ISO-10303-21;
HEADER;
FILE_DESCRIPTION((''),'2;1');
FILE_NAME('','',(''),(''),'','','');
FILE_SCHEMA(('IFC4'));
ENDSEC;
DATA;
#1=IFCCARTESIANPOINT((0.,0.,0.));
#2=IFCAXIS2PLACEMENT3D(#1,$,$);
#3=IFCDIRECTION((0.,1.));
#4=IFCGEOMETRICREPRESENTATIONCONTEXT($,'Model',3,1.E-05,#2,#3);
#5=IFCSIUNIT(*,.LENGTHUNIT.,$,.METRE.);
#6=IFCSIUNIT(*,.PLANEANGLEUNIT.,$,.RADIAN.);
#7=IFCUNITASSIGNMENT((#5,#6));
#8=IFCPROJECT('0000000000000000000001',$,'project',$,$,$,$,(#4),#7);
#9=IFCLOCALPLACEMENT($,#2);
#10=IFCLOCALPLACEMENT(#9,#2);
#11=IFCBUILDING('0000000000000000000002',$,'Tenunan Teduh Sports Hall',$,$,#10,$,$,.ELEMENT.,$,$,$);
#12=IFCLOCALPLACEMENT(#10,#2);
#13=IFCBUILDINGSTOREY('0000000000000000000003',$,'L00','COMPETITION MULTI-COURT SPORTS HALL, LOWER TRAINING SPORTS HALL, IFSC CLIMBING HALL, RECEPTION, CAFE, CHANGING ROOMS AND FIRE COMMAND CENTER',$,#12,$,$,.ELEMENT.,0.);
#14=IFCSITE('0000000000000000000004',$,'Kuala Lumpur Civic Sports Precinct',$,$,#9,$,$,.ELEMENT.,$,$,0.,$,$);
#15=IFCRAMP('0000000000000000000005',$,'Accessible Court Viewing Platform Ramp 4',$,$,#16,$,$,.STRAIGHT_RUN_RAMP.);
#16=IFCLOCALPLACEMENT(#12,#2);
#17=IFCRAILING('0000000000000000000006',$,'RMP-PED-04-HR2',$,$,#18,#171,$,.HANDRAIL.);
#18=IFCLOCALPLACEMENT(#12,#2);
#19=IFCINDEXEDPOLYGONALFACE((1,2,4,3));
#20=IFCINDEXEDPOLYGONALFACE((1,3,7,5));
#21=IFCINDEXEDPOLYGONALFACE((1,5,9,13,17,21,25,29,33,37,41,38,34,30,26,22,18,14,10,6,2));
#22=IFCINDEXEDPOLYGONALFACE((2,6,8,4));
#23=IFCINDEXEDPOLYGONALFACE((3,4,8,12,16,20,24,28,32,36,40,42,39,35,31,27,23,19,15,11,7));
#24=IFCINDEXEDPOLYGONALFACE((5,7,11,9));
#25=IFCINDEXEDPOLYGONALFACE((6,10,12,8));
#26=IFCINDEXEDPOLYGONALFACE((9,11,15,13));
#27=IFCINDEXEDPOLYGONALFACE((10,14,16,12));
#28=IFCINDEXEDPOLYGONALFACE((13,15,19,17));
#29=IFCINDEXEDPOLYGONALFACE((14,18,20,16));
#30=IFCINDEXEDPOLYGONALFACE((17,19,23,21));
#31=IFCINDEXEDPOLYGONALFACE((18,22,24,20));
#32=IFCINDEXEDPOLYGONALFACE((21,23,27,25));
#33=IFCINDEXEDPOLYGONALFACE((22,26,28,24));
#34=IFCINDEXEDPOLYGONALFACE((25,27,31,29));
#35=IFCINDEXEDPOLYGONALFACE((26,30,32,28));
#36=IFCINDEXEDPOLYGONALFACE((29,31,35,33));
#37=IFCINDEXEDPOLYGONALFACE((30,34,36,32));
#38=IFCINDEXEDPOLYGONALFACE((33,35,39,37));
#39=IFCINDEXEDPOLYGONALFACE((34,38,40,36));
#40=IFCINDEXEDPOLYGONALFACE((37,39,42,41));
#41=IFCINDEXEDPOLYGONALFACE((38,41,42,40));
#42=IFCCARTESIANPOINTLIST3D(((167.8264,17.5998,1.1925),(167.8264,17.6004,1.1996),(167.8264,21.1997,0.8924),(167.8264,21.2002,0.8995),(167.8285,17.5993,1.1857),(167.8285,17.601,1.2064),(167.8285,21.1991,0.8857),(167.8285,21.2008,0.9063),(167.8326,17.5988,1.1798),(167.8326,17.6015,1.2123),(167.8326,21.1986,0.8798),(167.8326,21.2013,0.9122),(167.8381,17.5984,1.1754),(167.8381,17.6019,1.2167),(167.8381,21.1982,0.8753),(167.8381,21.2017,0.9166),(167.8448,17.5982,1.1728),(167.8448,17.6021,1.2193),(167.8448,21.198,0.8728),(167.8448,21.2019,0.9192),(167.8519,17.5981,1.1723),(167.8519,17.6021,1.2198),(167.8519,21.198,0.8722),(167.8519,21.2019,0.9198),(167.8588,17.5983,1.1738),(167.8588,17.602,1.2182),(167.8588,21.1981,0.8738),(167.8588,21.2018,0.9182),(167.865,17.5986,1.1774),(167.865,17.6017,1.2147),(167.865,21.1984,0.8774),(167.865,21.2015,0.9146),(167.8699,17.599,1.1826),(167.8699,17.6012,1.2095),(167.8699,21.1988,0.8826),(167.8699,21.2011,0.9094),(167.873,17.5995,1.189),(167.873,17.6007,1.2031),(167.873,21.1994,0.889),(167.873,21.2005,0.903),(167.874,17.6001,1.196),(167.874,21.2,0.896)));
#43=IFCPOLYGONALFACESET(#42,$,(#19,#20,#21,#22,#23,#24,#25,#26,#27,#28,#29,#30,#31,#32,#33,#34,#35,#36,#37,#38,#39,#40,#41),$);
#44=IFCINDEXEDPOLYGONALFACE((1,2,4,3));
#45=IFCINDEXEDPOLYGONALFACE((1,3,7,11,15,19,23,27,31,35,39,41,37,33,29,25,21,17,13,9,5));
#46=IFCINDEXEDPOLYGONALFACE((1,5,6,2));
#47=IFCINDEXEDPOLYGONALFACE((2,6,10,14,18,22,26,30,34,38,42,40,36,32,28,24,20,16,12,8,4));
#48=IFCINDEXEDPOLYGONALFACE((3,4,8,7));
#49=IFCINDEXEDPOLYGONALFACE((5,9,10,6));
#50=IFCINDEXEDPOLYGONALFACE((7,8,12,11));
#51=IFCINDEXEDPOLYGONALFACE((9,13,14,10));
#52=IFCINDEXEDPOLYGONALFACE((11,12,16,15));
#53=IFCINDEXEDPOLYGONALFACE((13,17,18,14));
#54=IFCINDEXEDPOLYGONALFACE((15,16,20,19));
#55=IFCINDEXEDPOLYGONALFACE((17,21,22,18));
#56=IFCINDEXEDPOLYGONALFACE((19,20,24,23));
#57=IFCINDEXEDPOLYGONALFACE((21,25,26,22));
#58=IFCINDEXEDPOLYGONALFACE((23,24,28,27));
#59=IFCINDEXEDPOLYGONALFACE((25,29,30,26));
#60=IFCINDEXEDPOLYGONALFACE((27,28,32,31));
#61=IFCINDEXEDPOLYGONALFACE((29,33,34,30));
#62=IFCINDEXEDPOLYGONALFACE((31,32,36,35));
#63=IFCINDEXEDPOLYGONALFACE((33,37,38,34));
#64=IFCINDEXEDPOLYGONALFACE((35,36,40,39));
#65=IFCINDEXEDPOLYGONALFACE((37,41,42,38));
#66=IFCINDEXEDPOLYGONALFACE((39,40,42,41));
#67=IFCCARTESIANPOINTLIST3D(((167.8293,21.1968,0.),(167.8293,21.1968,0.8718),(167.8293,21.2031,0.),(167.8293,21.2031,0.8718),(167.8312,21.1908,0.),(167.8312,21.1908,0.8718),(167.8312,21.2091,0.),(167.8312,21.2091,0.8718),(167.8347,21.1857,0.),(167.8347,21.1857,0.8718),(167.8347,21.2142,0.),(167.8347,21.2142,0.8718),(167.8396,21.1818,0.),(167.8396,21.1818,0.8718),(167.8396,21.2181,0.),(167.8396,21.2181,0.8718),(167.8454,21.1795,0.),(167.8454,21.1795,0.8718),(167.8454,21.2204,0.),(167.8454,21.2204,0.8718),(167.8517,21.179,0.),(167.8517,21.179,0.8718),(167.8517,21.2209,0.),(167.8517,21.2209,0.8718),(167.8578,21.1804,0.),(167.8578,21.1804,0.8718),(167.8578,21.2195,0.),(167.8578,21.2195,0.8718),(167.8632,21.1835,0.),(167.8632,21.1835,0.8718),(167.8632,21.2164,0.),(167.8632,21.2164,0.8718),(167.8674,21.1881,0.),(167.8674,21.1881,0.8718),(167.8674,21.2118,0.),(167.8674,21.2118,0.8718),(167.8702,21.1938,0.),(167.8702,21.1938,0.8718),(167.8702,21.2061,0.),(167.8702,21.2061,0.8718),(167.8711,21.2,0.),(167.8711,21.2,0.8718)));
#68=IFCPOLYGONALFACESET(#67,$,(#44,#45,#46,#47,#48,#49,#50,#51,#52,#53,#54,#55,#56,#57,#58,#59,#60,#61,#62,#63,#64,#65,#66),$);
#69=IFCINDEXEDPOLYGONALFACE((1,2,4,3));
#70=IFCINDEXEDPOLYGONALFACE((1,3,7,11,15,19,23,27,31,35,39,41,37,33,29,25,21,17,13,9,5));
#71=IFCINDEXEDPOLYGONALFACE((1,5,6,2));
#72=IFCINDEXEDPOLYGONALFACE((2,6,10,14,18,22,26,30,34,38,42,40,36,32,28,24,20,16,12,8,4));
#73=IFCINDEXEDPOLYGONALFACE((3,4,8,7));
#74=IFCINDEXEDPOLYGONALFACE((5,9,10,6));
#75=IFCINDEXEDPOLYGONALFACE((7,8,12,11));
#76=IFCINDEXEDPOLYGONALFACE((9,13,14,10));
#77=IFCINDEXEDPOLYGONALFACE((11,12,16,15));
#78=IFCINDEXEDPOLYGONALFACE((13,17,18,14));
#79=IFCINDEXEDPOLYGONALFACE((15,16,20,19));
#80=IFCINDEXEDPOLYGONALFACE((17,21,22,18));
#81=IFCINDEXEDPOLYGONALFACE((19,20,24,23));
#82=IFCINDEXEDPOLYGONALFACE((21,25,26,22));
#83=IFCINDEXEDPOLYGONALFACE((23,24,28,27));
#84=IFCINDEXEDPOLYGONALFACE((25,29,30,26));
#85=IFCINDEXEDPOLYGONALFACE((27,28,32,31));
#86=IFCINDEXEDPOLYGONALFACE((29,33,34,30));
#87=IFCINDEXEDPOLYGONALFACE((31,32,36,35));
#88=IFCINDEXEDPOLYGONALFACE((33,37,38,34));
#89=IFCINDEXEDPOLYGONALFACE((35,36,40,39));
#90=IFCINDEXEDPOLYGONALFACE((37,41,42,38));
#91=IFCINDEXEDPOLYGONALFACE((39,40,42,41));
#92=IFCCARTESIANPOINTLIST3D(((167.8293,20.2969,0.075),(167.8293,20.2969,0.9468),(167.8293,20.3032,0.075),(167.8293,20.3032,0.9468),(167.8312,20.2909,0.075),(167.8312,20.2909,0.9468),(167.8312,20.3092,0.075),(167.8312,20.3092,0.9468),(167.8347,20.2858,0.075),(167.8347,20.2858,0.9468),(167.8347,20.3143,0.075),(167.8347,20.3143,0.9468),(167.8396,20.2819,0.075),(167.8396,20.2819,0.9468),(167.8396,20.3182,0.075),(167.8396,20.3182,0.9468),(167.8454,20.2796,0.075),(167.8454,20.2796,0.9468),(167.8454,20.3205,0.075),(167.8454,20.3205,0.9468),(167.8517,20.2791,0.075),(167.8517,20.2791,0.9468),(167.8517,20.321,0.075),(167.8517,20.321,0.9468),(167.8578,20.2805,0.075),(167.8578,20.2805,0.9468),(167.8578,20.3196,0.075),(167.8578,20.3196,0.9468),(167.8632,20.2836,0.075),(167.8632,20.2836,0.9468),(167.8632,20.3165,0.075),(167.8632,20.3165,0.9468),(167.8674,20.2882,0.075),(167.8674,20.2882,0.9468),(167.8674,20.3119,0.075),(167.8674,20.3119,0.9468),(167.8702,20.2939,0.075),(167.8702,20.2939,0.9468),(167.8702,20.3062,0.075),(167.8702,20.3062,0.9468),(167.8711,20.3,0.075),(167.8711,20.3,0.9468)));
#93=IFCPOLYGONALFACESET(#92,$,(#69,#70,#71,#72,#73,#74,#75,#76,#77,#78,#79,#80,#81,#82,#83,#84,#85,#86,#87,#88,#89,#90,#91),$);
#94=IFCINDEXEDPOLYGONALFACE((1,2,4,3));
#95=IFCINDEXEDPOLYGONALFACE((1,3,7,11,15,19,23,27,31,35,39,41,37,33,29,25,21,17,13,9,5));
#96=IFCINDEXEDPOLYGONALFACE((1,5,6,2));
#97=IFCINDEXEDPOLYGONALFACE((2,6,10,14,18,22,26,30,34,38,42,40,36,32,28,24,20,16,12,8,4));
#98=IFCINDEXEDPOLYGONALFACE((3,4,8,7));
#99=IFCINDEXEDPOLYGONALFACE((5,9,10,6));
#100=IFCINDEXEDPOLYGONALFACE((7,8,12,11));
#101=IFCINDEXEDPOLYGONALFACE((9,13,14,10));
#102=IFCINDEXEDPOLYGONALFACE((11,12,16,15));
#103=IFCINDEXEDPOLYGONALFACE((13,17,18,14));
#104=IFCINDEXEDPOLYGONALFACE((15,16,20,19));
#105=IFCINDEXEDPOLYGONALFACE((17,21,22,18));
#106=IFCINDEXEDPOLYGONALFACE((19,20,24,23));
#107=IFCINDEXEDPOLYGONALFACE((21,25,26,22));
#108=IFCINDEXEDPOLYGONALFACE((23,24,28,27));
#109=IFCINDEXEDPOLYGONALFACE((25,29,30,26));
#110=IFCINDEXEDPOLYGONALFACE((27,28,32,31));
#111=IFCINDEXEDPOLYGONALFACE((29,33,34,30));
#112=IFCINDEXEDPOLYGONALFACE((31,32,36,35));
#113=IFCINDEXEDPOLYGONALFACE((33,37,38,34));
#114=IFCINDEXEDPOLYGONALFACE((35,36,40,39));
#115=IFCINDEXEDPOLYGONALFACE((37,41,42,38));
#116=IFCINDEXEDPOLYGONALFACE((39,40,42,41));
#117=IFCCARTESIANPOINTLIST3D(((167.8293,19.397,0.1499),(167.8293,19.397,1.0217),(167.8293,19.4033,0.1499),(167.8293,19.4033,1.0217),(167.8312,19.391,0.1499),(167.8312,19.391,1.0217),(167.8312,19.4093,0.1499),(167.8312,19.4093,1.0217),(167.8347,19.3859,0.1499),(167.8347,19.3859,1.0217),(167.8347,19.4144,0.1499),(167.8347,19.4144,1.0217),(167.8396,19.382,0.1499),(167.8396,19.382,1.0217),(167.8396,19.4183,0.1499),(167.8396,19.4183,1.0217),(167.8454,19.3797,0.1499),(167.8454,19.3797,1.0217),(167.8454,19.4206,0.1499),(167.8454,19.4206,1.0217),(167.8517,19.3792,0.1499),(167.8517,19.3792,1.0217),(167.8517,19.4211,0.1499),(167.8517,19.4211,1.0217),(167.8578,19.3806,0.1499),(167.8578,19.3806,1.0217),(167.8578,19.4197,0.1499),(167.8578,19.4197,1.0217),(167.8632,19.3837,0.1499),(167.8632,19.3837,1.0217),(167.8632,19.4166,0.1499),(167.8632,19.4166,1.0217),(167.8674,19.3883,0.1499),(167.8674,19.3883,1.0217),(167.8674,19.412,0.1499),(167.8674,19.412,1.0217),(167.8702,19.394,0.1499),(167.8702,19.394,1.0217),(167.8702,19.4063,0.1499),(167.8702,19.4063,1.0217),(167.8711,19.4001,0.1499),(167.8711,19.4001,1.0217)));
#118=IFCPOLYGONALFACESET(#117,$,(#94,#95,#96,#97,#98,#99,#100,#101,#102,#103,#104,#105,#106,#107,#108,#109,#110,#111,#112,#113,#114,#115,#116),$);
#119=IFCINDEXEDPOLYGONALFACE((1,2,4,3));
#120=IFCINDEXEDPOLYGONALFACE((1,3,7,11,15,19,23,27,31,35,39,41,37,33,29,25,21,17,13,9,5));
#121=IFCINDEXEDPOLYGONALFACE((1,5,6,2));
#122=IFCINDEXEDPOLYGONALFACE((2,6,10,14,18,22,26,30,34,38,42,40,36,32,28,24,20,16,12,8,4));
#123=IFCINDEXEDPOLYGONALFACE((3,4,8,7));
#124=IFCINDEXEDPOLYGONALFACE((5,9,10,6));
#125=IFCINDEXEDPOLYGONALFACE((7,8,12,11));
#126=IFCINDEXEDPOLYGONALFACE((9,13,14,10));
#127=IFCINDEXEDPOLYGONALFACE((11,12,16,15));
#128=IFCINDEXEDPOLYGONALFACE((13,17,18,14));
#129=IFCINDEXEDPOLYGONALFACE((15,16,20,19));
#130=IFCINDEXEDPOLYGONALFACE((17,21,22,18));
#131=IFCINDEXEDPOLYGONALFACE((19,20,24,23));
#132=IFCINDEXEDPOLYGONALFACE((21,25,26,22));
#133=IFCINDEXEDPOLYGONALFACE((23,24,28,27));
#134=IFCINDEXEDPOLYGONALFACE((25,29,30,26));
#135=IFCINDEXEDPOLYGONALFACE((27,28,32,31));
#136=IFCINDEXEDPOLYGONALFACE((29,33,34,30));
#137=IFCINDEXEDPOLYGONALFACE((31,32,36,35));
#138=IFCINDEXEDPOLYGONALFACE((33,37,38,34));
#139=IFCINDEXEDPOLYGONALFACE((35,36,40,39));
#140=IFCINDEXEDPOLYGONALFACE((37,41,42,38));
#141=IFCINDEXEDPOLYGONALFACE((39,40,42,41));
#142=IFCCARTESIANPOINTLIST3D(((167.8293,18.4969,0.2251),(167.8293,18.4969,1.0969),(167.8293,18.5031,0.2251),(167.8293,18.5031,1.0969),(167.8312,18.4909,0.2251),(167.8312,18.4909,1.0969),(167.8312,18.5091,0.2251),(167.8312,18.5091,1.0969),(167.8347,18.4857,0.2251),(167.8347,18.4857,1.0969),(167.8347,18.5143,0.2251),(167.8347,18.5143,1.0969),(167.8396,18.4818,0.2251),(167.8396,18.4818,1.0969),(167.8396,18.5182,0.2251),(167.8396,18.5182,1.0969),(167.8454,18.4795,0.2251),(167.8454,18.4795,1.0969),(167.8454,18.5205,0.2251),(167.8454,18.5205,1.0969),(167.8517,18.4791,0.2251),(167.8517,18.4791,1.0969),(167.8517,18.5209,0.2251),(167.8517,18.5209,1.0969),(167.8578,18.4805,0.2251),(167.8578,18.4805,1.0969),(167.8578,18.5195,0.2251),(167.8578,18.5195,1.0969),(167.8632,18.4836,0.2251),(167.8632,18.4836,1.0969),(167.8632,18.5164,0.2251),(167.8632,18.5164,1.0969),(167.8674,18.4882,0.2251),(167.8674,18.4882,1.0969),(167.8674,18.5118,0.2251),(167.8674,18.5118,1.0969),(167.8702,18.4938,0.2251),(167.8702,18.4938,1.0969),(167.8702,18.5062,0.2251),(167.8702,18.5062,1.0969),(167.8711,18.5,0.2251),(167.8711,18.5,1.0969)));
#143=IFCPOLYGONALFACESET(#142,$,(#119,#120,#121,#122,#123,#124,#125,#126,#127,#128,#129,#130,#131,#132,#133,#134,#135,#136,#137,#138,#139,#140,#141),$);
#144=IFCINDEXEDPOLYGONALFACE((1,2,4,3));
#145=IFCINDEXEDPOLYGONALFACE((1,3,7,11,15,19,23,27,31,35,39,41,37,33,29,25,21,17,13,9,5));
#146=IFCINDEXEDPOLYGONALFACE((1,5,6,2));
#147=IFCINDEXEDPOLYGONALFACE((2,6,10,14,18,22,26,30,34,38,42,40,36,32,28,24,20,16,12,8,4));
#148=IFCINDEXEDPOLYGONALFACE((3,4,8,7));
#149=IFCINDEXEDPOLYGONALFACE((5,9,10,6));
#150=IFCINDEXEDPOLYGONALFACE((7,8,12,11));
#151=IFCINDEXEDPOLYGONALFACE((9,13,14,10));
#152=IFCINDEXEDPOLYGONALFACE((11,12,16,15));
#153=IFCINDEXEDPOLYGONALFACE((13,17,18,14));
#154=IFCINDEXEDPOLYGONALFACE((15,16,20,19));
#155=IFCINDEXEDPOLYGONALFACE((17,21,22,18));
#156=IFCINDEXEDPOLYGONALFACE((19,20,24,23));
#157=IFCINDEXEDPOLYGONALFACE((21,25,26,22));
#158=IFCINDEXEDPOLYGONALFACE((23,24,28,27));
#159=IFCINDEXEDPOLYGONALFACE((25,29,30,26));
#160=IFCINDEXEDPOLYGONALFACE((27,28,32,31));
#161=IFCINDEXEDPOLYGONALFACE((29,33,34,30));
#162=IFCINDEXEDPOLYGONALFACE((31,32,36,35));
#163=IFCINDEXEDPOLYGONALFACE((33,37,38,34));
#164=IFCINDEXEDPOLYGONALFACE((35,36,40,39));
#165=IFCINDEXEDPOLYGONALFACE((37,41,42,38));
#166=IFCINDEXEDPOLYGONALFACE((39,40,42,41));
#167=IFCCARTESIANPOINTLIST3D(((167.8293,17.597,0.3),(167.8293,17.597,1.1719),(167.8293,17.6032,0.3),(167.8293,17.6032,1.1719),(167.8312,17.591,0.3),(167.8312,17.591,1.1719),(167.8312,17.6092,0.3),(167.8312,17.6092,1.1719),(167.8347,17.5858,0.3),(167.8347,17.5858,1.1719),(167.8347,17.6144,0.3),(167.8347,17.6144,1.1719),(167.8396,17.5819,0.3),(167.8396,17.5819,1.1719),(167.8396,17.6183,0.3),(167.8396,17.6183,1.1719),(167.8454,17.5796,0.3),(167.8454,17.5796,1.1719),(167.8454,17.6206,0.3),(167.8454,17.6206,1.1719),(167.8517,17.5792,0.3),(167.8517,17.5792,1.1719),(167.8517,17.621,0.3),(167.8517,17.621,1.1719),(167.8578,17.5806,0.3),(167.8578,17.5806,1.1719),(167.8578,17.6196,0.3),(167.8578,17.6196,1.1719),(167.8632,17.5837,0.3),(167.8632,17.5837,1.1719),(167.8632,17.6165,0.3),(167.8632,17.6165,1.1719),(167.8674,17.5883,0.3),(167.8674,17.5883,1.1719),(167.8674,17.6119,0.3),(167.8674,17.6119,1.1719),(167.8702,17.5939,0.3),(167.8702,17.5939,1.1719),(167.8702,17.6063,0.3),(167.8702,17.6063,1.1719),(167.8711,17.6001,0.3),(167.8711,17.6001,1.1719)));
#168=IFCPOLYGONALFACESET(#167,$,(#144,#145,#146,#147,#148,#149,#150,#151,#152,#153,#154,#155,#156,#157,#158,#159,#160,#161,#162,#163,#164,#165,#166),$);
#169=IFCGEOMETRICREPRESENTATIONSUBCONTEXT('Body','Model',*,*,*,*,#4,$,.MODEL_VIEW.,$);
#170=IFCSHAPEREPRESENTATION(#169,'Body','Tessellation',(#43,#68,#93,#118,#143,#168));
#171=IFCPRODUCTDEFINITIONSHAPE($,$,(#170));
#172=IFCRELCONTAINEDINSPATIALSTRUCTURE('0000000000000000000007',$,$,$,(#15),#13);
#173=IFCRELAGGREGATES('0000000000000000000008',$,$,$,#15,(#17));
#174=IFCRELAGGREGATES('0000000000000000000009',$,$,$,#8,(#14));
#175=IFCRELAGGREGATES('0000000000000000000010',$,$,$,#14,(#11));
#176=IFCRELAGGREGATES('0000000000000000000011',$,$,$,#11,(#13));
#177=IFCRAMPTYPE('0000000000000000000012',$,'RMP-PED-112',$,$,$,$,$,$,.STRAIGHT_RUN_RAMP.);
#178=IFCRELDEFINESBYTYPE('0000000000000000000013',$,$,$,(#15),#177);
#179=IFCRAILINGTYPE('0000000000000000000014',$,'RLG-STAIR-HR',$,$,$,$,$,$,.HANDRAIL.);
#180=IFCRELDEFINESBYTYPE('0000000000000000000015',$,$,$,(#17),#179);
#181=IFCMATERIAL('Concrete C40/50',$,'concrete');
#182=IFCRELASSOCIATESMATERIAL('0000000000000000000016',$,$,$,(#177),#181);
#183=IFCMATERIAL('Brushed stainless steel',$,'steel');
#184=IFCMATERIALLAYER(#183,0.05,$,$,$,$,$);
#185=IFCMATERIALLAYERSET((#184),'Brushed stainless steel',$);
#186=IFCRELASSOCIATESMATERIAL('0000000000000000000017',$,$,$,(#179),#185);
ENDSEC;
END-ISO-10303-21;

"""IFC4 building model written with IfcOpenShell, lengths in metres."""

from ifc_helpers import new_model, si_unit, direction, frame, origin, origin_2d, place, context, subcontext, project, spatial, circle, extrude, material, layer, layer_set, type_object, element, aggregate, save


model = new_model("IFC4")

# Units and contexts
model_context = context("Model", 3, precision=1e-05, world=origin(), true_north=direction((0.0, 1.0)))
body_context = subcontext(model_context, "Body", "Model", "MODEL_VIEW")
ifc_project = project(units=[si_unit("LENGTHUNIT", "METRE"), si_unit("PLANEANGLEUNIT", "RADIAN")], contexts=[model_context])

# Site, building, storey
site_placement = place(None, origin())
site = spatial("IfcSite", under=ifc_project, at=site_placement, Name="Kuala Lumpur Civic Sports Precinct", CompositionType="ELEMENT", RefElevation=0.0)
building_placement = place(site_placement, origin())
building = spatial("IfcBuilding", under=site, at=building_placement, Name="Tenunan Teduh Sports Hall", CompositionType="ELEMENT")
storey_placement = place(building_placement, origin())
storey = spatial("IfcBuildingStorey", under=building, at=storey_placement, Name="L00", Description="COMPETITION MULTI-COURT SPORTS HALL, LOWER TRAINING SPORTS HALL, IFSC CLIMBING HALL, RECEPTION, CAFE, CHANGING ROOMS AND FIRE COMMAND CENTER", CompositionType="ELEMENT", Elevation=0.0)

# Ramp
ifc_material_1 = material(Name="Concrete C40/50", Category="concrete")
ramp_type = type_object("IfcRampType", Name="RMP-PED-112", PredefinedType="STRAIGHT_RUN_RAMP", material=ifc_material_1)
ramp_placement = place(storey_placement, origin())
ramp = element("IfcRamp", 1, at=ramp_placement, inside=storey, type_object=ramp_type, Name="Accessible Court Viewing Platform Ramp 4", PredefinedType="STRAIGHT_RUN_RAMP")

# Railing
ifc_material_2 = material(Name="Brushed stainless steel", Category="steel")
ifc_layer_1 = layer(ifc_material_2, 0.05)
ifc_layer_set_1 = layer_set([ifc_layer_1], Name="Brushed stainless steel")
railing_type = type_object("IfcRailingType", Name="RLG-STAIR-HR", PredefinedType="HANDRAIL", material=ifc_layer_set_1)
railing_1_placement = place(storey_placement, frame((167.8501, 21.2, 0.0)))
railing_1 = element("IfcRailing", 2, at=railing_1_placement, type_object=railing_type, Name="RMP-PED-04-HR2", PredefinedType="HANDRAIL", context=body_context, shape_type="SweptSolid", body=[
    extrude(circle(Radius=0.0239, at=origin_2d()), frame((0.0, 0.0, 0.896), z_axis=(0.0, -0.996544, 0.083062), x_axis=(1.0, 0.0, 0.0)), (0.0, 0.0, 1.0), 3.6123),
    extrude(circle(Radius=0.021, at=origin_2d()), origin(), (0.0, 0.0, 1.0), 0.8718),
    extrude(circle(Radius=0.021, at=origin_2d()), frame((0.0, -0.8999, 0.075)), (0.0, 0.0, 1.0), 0.8718),
    extrude(circle(Radius=0.021, at=origin_2d()), frame((0.0, -1.7998, 0.1499)), (0.0, 0.0, 1.0), 0.8718),
    extrude(circle(Radius=0.021, at=origin_2d()), frame((0.0, -2.7, 0.2251)), (0.0, 0.0, 1.0), 0.8718),
    extrude(circle(Radius=0.021, at=origin_2d()), frame((0.0, -3.5999, 0.3)), (0.0, 0.0, 1.0), 0.8718),
])
aggregate(ramp, [railing_1])

save(model, "model.ifc")
